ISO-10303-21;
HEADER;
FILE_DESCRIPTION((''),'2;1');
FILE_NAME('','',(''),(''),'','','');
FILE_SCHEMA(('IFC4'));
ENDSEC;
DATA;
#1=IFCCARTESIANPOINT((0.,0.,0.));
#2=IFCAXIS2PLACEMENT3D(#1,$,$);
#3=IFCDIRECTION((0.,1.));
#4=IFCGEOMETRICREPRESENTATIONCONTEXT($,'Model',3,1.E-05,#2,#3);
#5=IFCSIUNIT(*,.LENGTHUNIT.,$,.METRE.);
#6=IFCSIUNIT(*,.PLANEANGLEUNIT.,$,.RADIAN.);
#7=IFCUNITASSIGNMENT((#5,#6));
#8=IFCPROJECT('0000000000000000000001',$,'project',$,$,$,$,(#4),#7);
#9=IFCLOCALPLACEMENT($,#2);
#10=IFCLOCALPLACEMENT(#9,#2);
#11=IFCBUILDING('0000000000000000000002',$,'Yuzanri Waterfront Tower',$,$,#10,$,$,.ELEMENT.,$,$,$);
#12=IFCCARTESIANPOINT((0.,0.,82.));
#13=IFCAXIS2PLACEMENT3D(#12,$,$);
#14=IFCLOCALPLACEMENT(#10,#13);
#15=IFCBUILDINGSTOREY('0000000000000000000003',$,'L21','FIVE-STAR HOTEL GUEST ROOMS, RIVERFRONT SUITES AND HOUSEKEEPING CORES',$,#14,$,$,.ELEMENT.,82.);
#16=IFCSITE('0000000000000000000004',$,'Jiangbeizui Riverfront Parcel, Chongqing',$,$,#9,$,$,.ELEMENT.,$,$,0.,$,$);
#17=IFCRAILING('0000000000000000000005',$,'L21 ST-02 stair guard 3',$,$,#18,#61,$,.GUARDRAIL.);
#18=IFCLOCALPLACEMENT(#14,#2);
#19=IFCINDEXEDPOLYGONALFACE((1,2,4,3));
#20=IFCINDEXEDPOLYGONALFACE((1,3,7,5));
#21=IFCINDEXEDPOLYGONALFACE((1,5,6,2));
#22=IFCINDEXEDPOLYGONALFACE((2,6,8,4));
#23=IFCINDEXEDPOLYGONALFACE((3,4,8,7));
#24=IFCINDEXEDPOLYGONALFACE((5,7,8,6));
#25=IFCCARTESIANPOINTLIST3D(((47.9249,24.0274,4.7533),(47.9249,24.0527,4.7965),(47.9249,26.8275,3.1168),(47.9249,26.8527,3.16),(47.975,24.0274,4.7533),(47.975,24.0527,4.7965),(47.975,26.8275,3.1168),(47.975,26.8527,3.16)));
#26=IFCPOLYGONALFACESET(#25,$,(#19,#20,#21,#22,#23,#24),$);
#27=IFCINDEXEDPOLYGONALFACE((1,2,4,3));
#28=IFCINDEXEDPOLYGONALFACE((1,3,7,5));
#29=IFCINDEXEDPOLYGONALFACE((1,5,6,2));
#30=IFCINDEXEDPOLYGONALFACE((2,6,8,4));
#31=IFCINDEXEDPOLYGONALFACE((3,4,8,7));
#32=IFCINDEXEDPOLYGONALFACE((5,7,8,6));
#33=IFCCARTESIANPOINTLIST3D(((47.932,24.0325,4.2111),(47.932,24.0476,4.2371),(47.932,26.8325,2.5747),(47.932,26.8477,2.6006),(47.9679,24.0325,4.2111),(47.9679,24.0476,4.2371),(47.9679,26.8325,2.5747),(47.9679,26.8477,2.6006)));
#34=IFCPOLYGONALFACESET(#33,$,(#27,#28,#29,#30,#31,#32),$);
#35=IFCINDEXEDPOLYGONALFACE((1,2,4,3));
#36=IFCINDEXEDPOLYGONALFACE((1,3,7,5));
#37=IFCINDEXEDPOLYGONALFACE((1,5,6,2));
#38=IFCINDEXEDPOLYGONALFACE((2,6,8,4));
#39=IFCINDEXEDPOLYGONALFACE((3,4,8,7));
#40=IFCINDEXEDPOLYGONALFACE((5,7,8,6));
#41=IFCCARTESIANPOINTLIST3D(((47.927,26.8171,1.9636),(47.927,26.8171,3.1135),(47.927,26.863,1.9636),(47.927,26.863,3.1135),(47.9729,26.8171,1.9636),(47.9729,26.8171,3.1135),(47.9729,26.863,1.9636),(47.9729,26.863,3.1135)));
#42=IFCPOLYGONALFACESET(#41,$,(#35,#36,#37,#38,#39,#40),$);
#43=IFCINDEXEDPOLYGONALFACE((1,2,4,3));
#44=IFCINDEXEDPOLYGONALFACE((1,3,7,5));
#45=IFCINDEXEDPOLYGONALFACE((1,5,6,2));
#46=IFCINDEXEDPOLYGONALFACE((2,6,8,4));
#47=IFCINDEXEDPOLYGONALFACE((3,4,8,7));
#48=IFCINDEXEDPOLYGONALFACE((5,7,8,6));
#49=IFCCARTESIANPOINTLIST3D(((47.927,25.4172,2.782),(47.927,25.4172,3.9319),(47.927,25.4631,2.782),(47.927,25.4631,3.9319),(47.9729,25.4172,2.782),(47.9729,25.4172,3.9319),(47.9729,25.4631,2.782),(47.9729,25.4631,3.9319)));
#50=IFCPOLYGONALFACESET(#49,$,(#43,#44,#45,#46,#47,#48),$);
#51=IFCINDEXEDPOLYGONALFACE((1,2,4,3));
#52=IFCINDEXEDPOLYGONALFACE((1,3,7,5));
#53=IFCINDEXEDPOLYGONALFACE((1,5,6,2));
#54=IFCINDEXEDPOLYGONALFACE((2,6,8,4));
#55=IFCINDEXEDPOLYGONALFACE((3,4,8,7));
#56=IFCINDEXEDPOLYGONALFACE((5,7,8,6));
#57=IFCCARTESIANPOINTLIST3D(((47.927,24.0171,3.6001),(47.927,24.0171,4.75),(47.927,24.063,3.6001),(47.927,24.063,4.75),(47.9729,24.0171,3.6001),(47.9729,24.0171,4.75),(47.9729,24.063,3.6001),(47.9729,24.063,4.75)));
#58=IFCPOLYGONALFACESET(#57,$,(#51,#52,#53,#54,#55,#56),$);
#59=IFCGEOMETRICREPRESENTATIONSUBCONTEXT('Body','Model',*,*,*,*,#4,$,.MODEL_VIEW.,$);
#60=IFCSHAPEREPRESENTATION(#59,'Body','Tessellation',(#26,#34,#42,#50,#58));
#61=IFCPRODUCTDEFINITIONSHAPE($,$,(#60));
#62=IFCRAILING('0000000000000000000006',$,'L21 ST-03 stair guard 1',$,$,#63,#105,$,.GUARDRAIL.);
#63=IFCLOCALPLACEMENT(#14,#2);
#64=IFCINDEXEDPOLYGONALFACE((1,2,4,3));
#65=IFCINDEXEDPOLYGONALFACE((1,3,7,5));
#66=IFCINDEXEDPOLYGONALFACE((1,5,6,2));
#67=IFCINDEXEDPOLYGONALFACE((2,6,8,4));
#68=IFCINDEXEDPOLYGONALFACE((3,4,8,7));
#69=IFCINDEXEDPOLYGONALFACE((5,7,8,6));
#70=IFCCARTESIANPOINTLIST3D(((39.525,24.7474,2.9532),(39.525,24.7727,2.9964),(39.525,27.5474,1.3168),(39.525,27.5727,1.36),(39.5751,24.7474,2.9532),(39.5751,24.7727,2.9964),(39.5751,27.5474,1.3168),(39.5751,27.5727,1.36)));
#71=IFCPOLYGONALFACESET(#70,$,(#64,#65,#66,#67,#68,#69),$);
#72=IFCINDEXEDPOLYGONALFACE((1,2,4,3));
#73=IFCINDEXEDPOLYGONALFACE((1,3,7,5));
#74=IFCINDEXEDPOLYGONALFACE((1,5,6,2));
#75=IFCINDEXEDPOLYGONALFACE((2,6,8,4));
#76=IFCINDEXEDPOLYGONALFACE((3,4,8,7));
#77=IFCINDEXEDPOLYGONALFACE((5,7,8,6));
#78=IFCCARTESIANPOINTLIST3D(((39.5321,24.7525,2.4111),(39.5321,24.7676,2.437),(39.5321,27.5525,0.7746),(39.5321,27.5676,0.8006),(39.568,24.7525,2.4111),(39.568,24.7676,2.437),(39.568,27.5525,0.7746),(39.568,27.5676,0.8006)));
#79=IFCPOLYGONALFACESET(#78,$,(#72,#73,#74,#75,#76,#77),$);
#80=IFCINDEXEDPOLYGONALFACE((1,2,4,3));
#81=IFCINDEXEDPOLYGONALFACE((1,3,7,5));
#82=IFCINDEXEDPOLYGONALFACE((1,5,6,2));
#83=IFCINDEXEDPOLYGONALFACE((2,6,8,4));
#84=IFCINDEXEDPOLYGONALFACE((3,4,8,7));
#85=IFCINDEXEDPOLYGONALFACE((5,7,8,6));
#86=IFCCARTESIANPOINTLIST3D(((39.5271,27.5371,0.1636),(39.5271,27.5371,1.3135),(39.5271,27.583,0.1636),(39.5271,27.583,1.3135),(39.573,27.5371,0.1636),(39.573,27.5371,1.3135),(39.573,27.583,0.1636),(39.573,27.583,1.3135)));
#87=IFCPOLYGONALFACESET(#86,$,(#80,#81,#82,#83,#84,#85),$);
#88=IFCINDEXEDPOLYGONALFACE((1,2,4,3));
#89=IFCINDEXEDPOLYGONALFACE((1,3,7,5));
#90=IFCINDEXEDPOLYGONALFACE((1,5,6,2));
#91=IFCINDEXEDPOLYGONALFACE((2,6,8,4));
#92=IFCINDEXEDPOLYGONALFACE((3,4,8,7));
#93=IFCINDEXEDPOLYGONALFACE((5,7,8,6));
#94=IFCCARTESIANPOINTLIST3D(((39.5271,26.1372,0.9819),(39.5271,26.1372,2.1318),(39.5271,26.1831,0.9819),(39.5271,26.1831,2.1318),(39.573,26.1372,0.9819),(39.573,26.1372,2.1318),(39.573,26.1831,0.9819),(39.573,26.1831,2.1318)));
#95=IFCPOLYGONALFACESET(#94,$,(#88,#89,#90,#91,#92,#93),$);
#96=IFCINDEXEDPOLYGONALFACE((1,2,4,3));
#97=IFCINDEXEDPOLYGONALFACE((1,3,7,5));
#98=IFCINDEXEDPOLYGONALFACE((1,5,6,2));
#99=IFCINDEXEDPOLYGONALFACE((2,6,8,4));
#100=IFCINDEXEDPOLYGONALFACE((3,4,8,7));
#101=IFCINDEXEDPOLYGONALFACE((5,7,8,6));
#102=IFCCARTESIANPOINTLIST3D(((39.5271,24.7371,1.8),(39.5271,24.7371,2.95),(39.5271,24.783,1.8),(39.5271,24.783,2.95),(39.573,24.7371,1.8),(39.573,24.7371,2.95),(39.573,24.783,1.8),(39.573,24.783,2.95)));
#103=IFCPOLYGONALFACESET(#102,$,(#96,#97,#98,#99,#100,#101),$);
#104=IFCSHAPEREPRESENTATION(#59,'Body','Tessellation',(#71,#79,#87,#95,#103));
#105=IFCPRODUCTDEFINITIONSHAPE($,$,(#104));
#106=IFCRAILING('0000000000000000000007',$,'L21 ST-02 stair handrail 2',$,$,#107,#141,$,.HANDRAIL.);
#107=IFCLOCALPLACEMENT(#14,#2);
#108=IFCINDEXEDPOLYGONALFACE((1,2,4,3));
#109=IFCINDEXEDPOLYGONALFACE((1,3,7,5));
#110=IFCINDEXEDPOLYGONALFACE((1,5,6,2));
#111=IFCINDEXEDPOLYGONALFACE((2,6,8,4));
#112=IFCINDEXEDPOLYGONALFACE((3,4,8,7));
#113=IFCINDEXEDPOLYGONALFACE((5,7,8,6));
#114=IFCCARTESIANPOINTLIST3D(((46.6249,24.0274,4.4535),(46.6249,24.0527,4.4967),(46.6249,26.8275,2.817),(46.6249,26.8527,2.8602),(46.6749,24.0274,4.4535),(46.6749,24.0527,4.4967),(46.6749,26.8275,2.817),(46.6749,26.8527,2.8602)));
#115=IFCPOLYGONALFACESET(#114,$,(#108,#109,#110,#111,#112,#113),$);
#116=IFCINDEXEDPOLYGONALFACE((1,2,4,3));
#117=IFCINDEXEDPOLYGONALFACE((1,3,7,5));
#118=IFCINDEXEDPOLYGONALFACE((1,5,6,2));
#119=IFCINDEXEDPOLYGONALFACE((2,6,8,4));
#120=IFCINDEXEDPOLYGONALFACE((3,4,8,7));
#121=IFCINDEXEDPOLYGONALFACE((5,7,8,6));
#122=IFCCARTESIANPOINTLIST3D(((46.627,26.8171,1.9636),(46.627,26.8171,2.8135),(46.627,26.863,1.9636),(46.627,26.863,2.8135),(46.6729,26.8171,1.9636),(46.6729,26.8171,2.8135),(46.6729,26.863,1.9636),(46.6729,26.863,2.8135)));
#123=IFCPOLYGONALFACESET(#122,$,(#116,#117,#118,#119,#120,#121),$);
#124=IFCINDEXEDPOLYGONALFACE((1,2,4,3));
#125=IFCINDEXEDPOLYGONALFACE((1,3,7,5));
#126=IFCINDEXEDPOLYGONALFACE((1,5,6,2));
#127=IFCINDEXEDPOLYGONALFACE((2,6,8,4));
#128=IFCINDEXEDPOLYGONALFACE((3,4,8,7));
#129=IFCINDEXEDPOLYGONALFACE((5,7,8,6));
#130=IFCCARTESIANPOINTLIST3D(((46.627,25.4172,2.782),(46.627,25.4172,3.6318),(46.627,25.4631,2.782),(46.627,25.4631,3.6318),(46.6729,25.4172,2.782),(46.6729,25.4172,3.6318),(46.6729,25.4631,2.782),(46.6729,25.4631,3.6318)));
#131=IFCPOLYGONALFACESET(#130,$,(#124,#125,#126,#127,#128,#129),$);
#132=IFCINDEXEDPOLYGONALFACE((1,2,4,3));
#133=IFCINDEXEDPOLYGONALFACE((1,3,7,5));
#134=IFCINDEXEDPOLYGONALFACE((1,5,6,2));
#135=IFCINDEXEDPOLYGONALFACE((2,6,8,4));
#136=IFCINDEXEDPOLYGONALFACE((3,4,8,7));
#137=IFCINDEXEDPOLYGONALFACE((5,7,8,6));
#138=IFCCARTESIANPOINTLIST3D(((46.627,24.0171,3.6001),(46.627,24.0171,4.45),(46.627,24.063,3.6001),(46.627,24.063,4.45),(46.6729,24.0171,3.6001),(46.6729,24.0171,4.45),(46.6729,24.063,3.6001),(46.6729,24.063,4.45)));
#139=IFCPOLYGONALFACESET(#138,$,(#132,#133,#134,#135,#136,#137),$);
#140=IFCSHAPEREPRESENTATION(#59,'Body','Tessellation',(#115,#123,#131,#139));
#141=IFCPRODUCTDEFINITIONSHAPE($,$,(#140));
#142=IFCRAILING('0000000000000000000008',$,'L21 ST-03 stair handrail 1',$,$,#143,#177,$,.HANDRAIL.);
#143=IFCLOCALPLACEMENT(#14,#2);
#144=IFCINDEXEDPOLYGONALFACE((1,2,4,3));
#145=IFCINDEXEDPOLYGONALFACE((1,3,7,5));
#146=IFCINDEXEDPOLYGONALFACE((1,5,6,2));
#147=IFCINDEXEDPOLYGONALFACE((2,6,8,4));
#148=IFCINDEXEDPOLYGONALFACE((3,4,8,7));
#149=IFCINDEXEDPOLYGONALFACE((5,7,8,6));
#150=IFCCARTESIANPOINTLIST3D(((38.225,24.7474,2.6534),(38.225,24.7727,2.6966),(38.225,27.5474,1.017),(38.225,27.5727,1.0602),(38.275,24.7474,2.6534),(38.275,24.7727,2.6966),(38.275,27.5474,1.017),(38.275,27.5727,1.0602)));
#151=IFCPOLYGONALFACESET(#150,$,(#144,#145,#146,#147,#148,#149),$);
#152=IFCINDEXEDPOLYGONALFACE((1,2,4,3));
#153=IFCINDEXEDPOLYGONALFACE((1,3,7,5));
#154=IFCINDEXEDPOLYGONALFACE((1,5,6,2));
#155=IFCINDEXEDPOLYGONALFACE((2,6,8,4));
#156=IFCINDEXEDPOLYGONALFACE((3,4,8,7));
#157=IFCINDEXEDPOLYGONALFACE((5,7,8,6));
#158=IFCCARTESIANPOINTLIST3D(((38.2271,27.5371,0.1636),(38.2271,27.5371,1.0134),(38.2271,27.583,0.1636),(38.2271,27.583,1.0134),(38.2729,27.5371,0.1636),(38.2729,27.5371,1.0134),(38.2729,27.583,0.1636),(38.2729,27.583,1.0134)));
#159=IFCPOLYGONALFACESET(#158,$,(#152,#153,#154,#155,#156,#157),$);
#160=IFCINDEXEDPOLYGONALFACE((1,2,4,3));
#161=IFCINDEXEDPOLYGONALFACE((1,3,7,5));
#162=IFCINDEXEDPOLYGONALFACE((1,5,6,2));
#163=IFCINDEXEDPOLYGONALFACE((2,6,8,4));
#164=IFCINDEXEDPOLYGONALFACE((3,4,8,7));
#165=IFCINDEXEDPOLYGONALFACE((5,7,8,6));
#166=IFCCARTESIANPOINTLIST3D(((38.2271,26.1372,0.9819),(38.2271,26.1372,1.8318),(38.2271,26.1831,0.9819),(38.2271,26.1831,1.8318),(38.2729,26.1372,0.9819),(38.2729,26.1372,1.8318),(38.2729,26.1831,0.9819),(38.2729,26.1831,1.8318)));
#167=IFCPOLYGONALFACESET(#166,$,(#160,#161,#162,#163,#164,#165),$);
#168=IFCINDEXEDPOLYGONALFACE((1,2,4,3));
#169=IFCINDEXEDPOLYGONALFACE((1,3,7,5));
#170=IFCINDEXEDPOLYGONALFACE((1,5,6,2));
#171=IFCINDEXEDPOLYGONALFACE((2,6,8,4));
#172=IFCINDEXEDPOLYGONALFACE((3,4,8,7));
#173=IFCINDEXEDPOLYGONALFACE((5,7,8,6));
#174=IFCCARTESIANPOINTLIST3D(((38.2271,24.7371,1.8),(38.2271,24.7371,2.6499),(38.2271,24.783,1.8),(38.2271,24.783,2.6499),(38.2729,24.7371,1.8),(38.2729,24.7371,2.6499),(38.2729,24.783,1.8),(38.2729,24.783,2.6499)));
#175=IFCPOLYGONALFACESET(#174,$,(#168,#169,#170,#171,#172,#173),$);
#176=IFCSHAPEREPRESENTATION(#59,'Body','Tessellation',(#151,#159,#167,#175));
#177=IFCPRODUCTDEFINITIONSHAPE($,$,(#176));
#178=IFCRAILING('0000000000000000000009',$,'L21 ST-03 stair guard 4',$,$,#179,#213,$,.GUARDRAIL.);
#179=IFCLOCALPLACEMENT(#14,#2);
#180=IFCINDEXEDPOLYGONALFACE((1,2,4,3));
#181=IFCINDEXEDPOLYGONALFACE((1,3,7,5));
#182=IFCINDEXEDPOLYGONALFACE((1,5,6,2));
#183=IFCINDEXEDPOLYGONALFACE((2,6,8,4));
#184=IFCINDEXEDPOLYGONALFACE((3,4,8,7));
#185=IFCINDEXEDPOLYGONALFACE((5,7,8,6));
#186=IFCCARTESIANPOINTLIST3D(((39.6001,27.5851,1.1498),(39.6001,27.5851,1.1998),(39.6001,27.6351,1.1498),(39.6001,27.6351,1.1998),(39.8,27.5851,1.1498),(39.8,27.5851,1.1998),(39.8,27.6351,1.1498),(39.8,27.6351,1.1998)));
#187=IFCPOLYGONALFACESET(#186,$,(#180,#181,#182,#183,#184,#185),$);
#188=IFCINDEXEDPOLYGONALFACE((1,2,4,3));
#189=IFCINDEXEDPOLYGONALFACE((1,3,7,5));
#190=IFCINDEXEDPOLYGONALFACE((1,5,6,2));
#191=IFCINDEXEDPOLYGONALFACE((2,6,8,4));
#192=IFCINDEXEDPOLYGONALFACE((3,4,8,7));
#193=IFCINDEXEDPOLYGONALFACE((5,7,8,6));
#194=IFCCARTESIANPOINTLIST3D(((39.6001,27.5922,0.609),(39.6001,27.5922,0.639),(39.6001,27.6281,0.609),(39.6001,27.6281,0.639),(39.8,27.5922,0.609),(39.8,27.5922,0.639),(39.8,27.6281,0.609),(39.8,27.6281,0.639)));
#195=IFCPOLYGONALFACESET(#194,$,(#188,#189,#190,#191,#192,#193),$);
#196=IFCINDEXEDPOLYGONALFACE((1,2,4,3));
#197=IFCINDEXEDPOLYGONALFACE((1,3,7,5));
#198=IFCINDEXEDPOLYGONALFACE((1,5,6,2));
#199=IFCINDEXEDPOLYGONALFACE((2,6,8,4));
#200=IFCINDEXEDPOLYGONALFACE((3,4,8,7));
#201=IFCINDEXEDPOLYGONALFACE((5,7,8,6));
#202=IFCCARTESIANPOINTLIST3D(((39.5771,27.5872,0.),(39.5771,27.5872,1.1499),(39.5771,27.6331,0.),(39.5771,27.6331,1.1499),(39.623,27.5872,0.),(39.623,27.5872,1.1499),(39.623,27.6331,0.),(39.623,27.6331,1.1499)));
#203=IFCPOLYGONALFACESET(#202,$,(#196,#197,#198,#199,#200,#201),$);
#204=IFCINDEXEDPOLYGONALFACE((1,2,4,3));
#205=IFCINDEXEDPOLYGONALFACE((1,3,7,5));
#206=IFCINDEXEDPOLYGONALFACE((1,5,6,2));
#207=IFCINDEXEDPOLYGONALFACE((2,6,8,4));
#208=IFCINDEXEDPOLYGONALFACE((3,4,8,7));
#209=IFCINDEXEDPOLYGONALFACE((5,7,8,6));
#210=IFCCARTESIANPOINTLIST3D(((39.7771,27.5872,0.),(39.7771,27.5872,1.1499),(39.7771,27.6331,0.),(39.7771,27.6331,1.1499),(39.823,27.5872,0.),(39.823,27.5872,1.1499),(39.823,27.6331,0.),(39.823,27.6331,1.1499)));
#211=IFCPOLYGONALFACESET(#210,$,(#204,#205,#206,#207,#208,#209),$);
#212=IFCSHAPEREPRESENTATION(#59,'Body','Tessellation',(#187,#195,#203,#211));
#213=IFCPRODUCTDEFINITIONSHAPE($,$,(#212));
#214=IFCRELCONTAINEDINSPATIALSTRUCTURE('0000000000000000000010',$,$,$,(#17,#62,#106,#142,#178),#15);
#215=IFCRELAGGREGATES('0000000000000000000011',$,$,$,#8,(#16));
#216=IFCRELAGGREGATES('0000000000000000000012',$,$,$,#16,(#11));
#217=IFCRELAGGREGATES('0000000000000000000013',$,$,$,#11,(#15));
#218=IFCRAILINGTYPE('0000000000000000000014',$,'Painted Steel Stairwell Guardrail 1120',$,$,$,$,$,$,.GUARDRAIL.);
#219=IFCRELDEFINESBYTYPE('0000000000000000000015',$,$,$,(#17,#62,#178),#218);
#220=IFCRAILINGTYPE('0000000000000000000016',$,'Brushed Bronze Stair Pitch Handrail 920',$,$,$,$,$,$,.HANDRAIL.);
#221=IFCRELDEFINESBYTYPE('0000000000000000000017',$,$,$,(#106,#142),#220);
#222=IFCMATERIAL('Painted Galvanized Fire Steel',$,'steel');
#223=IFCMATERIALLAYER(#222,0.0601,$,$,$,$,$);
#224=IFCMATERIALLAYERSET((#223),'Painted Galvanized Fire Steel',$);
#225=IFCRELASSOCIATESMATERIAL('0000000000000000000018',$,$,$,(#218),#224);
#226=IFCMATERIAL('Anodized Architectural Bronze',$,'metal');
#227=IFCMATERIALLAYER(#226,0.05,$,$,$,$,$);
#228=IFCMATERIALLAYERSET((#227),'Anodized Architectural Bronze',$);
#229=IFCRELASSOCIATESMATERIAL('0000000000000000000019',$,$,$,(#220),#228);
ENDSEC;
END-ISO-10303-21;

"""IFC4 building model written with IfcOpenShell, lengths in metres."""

from ifc_helpers import new_model, si_unit, direction, frame, origin, origin_2d, place, context, subcontext, project, spatial, rectangle, extrude, source, transform, mapped, material, layer, layer_set, type_object, element, save


model = new_model("IFC4")

# Units and contexts
model_context = context("Model", 3, precision=1e-05, world=origin(), true_north=direction((0.0, 1.0)))
body_context = subcontext(model_context, "Body", "Model", "MODEL_VIEW")
ifc_project = project(units=[si_unit("LENGTHUNIT", "METRE"), si_unit("PLANEANGLEUNIT", "RADIAN")], contexts=[model_context])

# Site, building, storey
site_placement = place(None, origin())
site = spatial("IfcSite", under=ifc_project, at=site_placement, Name="Jiangbeizui Riverfront Parcel, Chongqing", CompositionType="ELEMENT", RefElevation=0.0)
building_placement = place(site_placement, origin())
building = spatial("IfcBuilding", under=site, at=building_placement, Name="Yuzanri Waterfront Tower", CompositionType="ELEMENT")
storey_placement = place(building_placement, frame((0.0, 0.0, 82.0)))
storey = spatial("IfcBuildingStorey", under=building, at=storey_placement, Name="L21", Description="FIVE-STAR HOTEL GUEST ROOMS, RIVERFRONT SUITES AND HOUSEKEEPING CORES", CompositionType="ELEMENT", Elevation=82.0)

# Railings
ifc_material_1 = material(Name="Painted Galvanized Fire Steel", Category="steel")
ifc_layer_1 = layer(ifc_material_1, 0.0601)
ifc_layer_set_1 = layer_set([ifc_layer_1], Name="Painted Galvanized Fire Steel")
railing_type_1 = type_object("IfcRailingType", Name="Painted Steel Stairwell Guardrail 1120", PredefinedType="GUARDRAIL", material=ifc_layer_set_1)
shared_shape_1 = source(origin(), body_context, "Body", "SweptSolid", [
    extrude(rectangle(XDim=0.05, YDim=0.05, at=origin_2d()), frame((0.0, 0.0, 1.1748), z_axis=(0.0, -0.863361, 0.504587), x_axis=(1.0, 0.0, 0.0)), (0.0, 0.0, 1.0), 3.2432),
    extrude(rectangle(XDim=0.0359, YDim=0.03, at=origin_2d()), frame((0.0, 0.0, 0.624), z_axis=(0.0, -0.863361, 0.504587), x_axis=(1.0, 0.0, 0.0)), (0.0, 0.0, 1.0), 3.2432),
    extrude(rectangle(XDim=0.0459, YDim=0.0459, at=origin_2d()), origin(), (0.0, 0.0, 1.0), 1.1499),
    extrude(rectangle(XDim=0.0459, YDim=0.0459, at=origin_2d()), frame((0.0, -1.3999, 0.8184)), (0.0, 0.0, 1.0), 1.1499),
    extrude(rectangle(XDim=0.0459, YDim=0.0459, at=origin_2d()), frame((0.0, -2.8, 1.6365)), (0.0, 0.0, 1.0), 1.1499),
])
for number, where, name in (
    (1, (47.95, 26.8401, 1.9636), "L21 ST-02 stair guard 3"),
    (2, (39.55, 27.5601, 0.1636), "L21 ST-03 stair guard 1"),
):
    element("IfcRailing", number, at=place(storey_placement, frame(where)), inside=storey, type_object=railing_type_1, Name=name, PredefinedType="GUARDRAIL", context=body_context, shape_type="MappedRepresentation", body=[
        mapped(shared_shape_1, transform((0.0, 0.0, 0.0), scale=1.0)),
    ])
ifc_material_2 = material(Name="Anodized Architectural Bronze", Category="metal")
ifc_layer_2 = layer(ifc_material_2, 0.05)
ifc_layer_set_2 = layer_set([ifc_layer_2], Name="Anodized Architectural Bronze")
railing_type_2 = type_object("IfcRailingType", Name="Brushed Bronze Stair Pitch Handrail 920", PredefinedType="HANDRAIL", material=ifc_layer_set_2)
shared_shape_2 = source(origin(), body_context, "Body", "SweptSolid", [
    extrude(rectangle(XDim=0.05, YDim=0.05, at=origin_2d()), frame((0.0, 0.0, 0.875), z_axis=(0.0, -0.863361, 0.504587), x_axis=(1.0, 0.0, 0.0)), (0.0, 0.0, 1.0), 3.2432),
    extrude(rectangle(XDim=0.0459, YDim=0.0459, at=origin_2d()), origin(), (0.0, 0.0, 1.0), 0.8499),
    extrude(rectangle(XDim=0.0459, YDim=0.0459, at=origin_2d()), frame((0.0, -1.3999, 0.8184)), (0.0, 0.0, 1.0), 0.8499),
    extrude(rectangle(XDim=0.0459, YDim=0.0459, at=origin_2d()), frame((0.0, -2.8, 1.6365)), (0.0, 0.0, 1.0), 0.8499),
])
for number, where, name in (
    (3, (46.6499, 26.8401, 1.9636), "L21 ST-02 stair handrail 2"),
    (4, (38.25, 27.5601, 0.1636), "L21 ST-03 stair handrail 1"),
):
    element("IfcRailing", number, at=place(storey_placement, frame(where)), inside=storey, type_object=railing_type_2, Name=name, PredefinedType="HANDRAIL", context=body_context, shape_type="MappedRepresentation", body=[
        mapped(shared_shape_2, transform((0.0, 0.0, 0.0), scale=1.0)),
    ])
shared_shape_3 = source(origin(), body_context, "Body", "SweptSolid", [
    extrude(rectangle(XDim=0.05, YDim=0.05, at=origin_2d()), frame((0.0, 0.0, 1.1748), z_axis=(1.0, 0.0, 0.0), x_axis=(0.0, 1.0, 0.0)), (0.0, 0.0, 1.0), 0.2),
    extrude(rectangle(XDim=0.0359, YDim=0.03, at=origin_2d()), frame((0.0, 0.0, 0.624), z_axis=(1.0, 0.0, 0.0), x_axis=(0.0, 1.0, 0.0)), (0.0, 0.0, 1.0), 0.2),
    extrude(rectangle(XDim=0.0459, YDim=0.0459, at=origin_2d()), origin(), (0.0, 0.0, 1.0), 1.1499),
    extrude(rectangle(XDim=0.0459, YDim=0.0459, at=origin_2d()), frame((0.2, 0.0, 0.0)), (0.0, 0.0, 1.0), 1.1499),
])
railing_1_placement = place(storey_placement, frame((39.6001, 27.6101, 0.0)))
element("IfcRailing", 5, at=railing_1_placement, inside=storey, type_object=railing_type_1, Name="L21 ST-03 stair guard 4", PredefinedType="GUARDRAIL", context=body_context, shape_type="MappedRepresentation", body=[
    mapped(shared_shape_3, transform((0.0, 0.0, 0.0), scale=1.0)),
])

save(model, "model.ifc")
